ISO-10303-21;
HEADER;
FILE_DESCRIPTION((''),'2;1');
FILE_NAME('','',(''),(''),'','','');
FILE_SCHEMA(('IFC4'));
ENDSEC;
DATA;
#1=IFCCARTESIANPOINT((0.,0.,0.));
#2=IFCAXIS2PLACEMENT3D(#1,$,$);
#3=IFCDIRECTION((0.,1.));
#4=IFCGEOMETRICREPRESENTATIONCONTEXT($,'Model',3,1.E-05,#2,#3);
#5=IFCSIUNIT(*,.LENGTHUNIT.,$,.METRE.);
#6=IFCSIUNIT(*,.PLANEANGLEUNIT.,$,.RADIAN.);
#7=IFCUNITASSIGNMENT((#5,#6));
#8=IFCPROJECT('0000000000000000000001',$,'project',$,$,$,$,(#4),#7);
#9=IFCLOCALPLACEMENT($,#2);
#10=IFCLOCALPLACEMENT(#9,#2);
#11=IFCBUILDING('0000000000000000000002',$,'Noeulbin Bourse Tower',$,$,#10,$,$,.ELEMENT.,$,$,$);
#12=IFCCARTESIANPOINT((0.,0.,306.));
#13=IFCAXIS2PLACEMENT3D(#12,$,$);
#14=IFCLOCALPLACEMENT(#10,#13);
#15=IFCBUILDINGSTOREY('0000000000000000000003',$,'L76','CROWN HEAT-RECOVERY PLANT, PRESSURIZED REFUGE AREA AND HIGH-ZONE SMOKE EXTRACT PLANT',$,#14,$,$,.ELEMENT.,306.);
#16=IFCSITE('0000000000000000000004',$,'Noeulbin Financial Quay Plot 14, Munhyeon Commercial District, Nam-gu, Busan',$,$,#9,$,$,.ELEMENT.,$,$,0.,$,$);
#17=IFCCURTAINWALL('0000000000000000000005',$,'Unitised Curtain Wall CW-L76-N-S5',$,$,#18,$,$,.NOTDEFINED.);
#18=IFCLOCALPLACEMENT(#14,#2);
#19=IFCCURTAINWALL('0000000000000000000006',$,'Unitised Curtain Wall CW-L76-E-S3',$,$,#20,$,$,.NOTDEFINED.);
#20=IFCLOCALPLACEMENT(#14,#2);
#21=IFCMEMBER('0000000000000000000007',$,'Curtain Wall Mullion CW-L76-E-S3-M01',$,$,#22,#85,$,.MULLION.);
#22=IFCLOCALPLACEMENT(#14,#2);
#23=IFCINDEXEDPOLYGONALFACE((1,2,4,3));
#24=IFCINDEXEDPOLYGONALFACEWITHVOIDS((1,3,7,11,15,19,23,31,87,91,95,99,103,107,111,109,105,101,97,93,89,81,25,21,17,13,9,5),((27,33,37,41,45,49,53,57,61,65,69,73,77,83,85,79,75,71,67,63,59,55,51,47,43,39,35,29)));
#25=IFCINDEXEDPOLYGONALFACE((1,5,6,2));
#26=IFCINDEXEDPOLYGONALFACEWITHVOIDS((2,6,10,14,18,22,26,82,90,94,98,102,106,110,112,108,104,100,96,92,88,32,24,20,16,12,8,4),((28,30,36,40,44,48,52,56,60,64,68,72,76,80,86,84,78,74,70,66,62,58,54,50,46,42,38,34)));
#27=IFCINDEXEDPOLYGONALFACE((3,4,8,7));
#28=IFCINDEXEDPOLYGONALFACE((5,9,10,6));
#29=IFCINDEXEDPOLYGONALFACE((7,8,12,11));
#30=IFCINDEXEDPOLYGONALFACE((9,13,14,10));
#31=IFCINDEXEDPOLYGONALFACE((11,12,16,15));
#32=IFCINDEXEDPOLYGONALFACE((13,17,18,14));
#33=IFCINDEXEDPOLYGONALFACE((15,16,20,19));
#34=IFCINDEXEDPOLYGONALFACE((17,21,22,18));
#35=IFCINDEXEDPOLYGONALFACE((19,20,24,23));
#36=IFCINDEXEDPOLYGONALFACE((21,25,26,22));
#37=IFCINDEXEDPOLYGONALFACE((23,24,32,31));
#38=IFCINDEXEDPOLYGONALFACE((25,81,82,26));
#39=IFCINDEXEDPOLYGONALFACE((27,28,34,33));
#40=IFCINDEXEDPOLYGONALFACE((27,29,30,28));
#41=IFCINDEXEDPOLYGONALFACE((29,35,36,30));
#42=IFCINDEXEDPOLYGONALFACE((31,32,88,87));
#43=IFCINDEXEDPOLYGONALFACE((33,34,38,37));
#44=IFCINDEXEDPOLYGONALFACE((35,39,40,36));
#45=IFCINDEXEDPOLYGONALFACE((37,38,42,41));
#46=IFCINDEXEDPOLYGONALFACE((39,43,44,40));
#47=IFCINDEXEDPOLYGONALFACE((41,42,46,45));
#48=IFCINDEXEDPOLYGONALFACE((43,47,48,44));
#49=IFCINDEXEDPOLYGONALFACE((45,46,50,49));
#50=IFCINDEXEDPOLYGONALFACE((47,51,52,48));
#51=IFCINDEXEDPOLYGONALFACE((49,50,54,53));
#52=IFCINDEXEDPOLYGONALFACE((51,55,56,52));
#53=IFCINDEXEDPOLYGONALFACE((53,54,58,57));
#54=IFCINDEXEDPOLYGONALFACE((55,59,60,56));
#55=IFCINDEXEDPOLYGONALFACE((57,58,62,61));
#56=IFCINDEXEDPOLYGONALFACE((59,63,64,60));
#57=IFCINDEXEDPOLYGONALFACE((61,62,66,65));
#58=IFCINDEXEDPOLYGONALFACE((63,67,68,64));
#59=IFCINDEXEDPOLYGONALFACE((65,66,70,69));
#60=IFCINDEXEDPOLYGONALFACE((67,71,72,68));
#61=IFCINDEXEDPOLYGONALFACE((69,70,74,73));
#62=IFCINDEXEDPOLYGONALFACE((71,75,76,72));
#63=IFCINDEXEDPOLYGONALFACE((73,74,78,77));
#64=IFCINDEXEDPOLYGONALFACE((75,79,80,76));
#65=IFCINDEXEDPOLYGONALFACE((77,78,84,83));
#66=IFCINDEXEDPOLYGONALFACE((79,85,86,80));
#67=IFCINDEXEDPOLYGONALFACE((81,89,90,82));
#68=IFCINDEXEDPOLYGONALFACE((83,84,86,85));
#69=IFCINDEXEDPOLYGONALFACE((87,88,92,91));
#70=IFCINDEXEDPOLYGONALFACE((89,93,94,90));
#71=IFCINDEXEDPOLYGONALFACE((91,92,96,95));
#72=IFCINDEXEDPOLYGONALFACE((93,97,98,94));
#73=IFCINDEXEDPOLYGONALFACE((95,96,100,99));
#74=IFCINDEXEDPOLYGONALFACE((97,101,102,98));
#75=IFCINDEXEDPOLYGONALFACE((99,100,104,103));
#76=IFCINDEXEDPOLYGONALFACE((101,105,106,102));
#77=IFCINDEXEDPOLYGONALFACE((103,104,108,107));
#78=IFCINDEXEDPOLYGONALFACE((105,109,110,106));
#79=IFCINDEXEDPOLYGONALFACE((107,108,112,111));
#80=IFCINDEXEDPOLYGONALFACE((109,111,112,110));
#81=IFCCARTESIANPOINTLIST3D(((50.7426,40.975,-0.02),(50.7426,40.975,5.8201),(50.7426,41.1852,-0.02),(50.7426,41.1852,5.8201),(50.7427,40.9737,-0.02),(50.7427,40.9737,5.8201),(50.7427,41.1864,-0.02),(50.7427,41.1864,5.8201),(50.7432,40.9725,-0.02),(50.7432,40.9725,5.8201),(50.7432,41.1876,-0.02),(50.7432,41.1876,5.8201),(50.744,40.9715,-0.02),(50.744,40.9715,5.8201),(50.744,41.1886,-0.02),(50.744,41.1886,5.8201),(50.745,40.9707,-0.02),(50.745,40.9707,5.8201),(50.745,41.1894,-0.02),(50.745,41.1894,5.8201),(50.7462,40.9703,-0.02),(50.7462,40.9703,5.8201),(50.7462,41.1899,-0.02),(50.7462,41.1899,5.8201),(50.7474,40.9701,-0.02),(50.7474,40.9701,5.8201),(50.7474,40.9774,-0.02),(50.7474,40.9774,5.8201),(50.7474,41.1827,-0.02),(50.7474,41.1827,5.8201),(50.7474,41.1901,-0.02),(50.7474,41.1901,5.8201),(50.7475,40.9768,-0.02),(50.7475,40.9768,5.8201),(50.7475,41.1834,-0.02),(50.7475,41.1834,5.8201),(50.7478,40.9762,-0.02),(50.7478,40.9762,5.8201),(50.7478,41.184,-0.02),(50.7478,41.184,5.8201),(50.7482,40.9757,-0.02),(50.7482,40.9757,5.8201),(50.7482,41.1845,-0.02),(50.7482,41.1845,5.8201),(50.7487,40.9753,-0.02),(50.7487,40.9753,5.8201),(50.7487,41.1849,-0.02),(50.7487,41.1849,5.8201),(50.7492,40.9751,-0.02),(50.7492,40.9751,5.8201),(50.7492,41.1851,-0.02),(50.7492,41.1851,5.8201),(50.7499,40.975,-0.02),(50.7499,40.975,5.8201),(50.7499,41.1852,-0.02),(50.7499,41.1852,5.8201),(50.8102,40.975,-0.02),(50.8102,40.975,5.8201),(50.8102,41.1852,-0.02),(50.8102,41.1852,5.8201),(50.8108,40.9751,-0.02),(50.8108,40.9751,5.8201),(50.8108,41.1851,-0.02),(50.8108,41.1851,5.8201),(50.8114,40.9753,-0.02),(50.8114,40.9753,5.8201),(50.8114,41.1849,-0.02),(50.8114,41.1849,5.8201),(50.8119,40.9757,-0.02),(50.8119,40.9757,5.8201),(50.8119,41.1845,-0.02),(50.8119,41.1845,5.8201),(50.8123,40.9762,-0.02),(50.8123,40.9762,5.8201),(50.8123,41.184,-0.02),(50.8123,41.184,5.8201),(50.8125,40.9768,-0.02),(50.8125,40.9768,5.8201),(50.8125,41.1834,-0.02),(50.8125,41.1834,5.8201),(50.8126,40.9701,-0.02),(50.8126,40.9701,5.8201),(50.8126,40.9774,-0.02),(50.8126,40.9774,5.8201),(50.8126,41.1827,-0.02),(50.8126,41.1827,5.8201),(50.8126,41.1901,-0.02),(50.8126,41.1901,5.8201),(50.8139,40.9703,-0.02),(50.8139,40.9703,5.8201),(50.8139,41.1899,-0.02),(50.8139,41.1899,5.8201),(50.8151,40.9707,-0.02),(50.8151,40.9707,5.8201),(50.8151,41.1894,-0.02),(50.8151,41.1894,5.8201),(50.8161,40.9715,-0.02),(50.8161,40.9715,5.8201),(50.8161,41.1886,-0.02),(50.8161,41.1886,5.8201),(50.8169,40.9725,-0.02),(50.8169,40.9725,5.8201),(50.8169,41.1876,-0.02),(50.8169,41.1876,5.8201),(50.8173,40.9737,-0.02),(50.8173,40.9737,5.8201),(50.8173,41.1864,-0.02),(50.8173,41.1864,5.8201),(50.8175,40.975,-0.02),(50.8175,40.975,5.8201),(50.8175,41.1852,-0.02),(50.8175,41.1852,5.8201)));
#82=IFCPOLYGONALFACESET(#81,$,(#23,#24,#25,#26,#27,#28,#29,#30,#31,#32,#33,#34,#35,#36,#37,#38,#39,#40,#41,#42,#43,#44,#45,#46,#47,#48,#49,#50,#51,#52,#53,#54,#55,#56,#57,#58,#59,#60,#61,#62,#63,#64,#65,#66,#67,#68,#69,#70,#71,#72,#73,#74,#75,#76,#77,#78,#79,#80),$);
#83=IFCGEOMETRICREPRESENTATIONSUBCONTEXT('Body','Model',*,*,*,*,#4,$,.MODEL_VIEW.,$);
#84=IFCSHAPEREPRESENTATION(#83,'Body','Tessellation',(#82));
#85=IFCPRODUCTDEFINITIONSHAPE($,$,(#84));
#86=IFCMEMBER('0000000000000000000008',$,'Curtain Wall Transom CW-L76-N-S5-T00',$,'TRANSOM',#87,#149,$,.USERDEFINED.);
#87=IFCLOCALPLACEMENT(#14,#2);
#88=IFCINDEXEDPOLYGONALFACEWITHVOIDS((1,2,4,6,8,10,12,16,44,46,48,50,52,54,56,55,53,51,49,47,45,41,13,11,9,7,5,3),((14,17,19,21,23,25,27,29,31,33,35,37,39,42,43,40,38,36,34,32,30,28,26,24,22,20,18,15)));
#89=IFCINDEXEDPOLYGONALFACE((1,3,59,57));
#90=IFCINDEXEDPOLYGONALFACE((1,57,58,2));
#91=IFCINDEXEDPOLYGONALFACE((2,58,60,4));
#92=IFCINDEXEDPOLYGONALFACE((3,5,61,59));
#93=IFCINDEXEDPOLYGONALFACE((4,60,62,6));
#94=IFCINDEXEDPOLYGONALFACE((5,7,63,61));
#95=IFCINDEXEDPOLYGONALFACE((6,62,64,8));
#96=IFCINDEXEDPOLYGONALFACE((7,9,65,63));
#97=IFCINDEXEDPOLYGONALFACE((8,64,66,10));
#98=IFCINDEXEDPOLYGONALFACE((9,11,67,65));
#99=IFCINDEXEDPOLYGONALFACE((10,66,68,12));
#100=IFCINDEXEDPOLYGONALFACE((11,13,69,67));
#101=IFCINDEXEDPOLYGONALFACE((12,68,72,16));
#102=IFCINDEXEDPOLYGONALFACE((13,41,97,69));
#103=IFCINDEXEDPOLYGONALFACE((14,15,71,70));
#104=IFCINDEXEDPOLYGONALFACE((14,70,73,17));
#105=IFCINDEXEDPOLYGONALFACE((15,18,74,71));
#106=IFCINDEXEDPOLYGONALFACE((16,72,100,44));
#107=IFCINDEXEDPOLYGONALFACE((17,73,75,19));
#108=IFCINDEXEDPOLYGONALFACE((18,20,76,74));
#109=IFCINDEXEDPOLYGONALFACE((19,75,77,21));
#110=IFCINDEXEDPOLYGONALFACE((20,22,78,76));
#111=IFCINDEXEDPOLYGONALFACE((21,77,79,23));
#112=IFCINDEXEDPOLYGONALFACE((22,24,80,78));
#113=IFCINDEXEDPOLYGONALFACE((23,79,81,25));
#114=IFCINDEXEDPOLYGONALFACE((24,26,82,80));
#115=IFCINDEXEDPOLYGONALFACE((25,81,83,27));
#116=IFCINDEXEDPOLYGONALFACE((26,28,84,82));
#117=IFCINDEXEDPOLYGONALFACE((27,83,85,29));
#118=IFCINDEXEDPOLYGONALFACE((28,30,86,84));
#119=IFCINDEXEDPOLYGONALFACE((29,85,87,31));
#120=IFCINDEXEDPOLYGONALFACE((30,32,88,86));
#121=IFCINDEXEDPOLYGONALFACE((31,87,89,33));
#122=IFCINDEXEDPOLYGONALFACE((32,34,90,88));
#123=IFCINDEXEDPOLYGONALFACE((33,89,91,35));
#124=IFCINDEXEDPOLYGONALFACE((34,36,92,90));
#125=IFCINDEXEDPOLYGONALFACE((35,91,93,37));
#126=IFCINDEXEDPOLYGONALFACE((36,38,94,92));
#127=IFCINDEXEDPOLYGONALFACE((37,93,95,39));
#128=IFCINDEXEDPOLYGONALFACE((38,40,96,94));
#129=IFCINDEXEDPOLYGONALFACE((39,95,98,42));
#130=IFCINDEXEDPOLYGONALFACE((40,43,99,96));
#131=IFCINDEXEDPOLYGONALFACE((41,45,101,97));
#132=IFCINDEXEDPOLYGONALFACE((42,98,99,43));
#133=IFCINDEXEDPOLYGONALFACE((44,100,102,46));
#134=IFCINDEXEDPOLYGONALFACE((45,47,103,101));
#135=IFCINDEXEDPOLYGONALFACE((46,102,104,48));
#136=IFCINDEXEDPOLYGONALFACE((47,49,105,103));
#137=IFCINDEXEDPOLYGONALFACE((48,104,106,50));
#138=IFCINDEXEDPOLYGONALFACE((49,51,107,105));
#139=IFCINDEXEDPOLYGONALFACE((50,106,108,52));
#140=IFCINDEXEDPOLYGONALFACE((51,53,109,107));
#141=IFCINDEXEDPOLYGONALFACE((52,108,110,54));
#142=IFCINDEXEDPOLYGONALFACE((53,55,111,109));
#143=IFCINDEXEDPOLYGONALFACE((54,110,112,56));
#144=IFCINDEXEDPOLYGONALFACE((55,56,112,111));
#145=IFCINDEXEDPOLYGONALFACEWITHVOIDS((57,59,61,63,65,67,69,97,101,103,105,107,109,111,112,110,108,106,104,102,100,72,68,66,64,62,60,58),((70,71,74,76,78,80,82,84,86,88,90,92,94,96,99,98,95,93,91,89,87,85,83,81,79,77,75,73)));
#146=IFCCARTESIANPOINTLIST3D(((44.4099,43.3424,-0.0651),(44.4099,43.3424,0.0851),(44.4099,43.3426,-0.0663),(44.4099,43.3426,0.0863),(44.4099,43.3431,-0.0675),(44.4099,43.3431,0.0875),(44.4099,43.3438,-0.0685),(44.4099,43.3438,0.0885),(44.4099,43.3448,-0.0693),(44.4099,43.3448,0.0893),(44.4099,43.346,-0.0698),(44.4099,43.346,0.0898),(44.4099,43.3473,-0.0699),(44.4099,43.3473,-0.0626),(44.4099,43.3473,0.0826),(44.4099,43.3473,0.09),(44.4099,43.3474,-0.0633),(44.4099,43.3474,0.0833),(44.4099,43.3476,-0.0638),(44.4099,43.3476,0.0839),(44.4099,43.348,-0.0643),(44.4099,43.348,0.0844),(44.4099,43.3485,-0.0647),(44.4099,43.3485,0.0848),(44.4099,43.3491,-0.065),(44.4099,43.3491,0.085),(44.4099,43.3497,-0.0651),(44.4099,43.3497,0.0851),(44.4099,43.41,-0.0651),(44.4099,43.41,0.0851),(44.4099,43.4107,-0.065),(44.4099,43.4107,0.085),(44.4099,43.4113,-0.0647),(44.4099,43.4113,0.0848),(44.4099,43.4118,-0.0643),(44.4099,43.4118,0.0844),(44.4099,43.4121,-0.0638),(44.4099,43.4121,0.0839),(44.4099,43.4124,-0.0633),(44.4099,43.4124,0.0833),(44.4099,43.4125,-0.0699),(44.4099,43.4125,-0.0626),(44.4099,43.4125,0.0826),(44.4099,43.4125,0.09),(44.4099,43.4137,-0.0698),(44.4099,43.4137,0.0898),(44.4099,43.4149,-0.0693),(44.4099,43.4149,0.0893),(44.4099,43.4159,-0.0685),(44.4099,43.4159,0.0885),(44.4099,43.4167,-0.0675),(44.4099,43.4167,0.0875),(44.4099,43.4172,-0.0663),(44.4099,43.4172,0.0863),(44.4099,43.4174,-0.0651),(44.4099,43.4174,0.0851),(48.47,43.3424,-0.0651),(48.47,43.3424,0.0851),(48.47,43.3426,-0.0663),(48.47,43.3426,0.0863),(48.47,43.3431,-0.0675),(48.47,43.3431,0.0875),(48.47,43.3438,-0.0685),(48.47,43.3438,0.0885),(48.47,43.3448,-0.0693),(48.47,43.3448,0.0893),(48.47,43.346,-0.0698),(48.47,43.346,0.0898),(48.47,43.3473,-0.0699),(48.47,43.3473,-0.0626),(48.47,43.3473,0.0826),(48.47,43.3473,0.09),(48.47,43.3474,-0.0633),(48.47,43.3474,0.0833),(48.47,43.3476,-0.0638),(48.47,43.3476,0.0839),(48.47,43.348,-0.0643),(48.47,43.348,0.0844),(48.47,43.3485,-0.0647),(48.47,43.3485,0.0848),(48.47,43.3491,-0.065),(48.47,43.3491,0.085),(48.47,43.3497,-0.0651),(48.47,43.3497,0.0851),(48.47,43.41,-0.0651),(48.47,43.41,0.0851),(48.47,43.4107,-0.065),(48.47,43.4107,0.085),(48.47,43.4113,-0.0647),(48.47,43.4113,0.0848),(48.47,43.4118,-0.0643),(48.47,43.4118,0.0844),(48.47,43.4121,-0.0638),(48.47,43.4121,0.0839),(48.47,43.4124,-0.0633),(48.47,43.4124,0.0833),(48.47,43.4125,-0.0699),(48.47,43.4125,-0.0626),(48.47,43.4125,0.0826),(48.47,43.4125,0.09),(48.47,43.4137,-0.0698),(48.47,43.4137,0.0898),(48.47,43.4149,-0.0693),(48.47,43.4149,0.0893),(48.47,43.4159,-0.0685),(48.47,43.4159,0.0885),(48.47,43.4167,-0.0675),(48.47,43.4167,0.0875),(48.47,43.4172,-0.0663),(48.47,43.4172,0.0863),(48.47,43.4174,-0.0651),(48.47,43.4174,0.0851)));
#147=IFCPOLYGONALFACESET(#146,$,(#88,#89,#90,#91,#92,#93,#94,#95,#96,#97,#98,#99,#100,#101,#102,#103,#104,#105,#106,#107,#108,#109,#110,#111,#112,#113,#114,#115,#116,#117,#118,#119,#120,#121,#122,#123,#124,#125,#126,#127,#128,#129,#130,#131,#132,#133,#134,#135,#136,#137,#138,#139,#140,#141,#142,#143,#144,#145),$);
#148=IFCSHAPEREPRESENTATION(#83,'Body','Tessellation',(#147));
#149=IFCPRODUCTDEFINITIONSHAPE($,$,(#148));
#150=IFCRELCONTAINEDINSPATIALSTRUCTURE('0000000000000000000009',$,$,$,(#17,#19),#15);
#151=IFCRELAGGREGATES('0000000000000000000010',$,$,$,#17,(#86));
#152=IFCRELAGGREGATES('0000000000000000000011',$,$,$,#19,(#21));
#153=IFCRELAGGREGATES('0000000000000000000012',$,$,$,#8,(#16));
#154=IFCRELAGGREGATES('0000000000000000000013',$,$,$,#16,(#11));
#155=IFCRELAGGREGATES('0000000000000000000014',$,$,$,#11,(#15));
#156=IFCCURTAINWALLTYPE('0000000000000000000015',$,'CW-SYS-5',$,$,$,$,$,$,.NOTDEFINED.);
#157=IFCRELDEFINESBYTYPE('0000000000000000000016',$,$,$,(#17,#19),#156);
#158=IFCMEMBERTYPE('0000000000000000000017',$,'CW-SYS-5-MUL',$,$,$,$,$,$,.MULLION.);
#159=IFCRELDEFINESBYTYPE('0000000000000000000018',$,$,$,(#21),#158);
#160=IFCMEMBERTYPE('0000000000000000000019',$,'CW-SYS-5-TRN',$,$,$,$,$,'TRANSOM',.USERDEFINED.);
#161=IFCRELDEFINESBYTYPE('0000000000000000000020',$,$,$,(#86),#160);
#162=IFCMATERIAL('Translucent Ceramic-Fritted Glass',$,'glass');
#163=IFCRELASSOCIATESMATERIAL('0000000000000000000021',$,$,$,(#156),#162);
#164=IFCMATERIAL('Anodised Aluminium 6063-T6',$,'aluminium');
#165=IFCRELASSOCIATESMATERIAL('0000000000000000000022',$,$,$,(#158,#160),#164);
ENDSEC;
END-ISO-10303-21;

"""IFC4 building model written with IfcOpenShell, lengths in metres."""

from ifc_helpers import new_model, si_unit, direction, frame, origin, origin_2d, place, context, subcontext, project, spatial, hollow_rectangle, extrude, material, material_profile, profile_set, type_object, element, aggregate, save


model = new_model("IFC4")

# Units and contexts
model_context = context("Model", 3, precision=1e-05, world=origin(), true_north=direction((0.0, 1.0)))
body_context = subcontext(model_context, "Body", "Model", "MODEL_VIEW")
ifc_project = project(units=[si_unit("LENGTHUNIT", "METRE"), si_unit("PLANEANGLEUNIT", "RADIAN")], contexts=[model_context])

# Site, building, storey
site_placement = place(None, origin())
site = spatial("IfcSite", under=ifc_project, at=site_placement, Name="Noeulbin Financial Quay Plot 14, Munhyeon Commercial District, Nam-gu, Busan", CompositionType="ELEMENT", RefElevation=0.0)
building_placement = place(site_placement, origin())
building = spatial("IfcBuilding", under=site, at=building_placement, Name="Noeulbin Bourse Tower", CompositionType="ELEMENT")
storey_placement = place(building_placement, frame((0.0, 0.0, 306.0)))
storey = spatial("IfcBuildingStorey", under=building, at=storey_placement, Name="L76", Description="CROWN HEAT-RECOVERY PLANT, PRESSURIZED REFUGE AREA AND HIGH-ZONE SMOKE EXTRACT PLANT", CompositionType="ELEMENT", Elevation=306.0)

# Shared definitions
ifc_material_1 = material(Name="Translucent Ceramic-Fritted Glass", Category="glass")
curtain_wall_type = type_object("IfcCurtainWallType", Name="CW-SYS-5", PredefinedType="NOTDEFINED", material=ifc_material_1)
ifc_material_2 = material(Name="Anodised Aluminium 6063-T6", Category="aluminium")
ifc_material_profile_1 = material_profile(ifc_material_2, hollow_rectangle(XDim=0.075, YDim=0.22, WallThickness=0.0049, InnerFilletRadius=0.0024, OuterFilletRadius=0.0049, at=origin_2d()), Name="ALU-MULL-75x220x5", Category="LoadBearing")
ifc_profile_set_1 = profile_set([ifc_material_profile_1], Name="Anodised Aluminium 6063-T6")
member_type_1 = type_object("IfcMemberType", Name="CW-SYS-5-MUL", PredefinedType="MULLION", material=ifc_profile_set_1)

# Curtain walls, member
curtain_wall_1_placement = place(storey_placement, origin())
curtain_wall_1 = element("IfcCurtainWall", 1, at=curtain_wall_1_placement, inside=storey, type_object=curtain_wall_type, Name="Unitised Curtain Wall CW-L76-N-S5", PredefinedType="NOTDEFINED")
curtain_wall_2_placement = place(storey_placement, origin())
curtain_wall_2 = element("IfcCurtainWall", 2, at=curtain_wall_2_placement, inside=storey, type_object=curtain_wall_type, Name="Unitised Curtain Wall CW-L76-E-S3", PredefinedType="NOTDEFINED")
member_1_placement = place(storey_placement, frame((50.78, 41.0801, -0.02), z_axis=(0.0, 0.0, 1.0), x_axis=(1.0, 0.0, 0.0)))
member_1 = element("IfcMember", 3, at=member_1_placement, type_object=member_type_1, Name="Curtain Wall Mullion CW-L76-E-S3-M01", PredefinedType="MULLION", context=body_context, shape_type="SweptSolid", body=[
    extrude(hollow_rectangle(XDim=0.075, YDim=0.22, WallThickness=0.0049, InnerFilletRadius=0.0024, OuterFilletRadius=0.0049, at=origin_2d()), origin(), (0.0, 0.0, 1.0), 5.8401),
])

# Member
ifc_material_profile_2 = material_profile(ifc_material_2, hollow_rectangle(XDim=0.075, YDim=0.1599, WallThickness=0.0049, InnerFilletRadius=0.0024, OuterFilletRadius=0.0049, at=origin_2d()), Name="ALU-TRAN-75x160x5", Category="LoadBearing")
ifc_profile_set_2 = profile_set([ifc_material_profile_2], Name="Anodised Aluminium 6063-T6")
member_type_2 = type_object("IfcMemberType", Name="CW-SYS-5-TRN", ElementType="TRANSOM", PredefinedType="USERDEFINED", material=ifc_profile_set_2)
member_2_placement = place(storey_placement, frame((44.4099, 43.3799, 0.01), z_axis=(1.0, 0.0, 0.0), x_axis=(0.0, 1.0, 0.0)))
member_2 = element("IfcMember", 4, at=member_2_placement, type_object=member_type_2, Name="Curtain Wall Transom CW-L76-N-S5-T00", ObjectType="TRANSOM", PredefinedType="USERDEFINED", context=body_context, shape_type="SweptSolid", body=[
    extrude(hollow_rectangle(XDim=0.075, YDim=0.1599, WallThickness=0.0049, InnerFilletRadius=0.0024, OuterFilletRadius=0.0049, at=origin_2d()), origin(), (0.0, 0.0, 1.0), 4.0601),
])

aggregate(curtain_wall_1, [member_2])
aggregate(curtain_wall_2, [member_1])

save(model, "model.ifc")
